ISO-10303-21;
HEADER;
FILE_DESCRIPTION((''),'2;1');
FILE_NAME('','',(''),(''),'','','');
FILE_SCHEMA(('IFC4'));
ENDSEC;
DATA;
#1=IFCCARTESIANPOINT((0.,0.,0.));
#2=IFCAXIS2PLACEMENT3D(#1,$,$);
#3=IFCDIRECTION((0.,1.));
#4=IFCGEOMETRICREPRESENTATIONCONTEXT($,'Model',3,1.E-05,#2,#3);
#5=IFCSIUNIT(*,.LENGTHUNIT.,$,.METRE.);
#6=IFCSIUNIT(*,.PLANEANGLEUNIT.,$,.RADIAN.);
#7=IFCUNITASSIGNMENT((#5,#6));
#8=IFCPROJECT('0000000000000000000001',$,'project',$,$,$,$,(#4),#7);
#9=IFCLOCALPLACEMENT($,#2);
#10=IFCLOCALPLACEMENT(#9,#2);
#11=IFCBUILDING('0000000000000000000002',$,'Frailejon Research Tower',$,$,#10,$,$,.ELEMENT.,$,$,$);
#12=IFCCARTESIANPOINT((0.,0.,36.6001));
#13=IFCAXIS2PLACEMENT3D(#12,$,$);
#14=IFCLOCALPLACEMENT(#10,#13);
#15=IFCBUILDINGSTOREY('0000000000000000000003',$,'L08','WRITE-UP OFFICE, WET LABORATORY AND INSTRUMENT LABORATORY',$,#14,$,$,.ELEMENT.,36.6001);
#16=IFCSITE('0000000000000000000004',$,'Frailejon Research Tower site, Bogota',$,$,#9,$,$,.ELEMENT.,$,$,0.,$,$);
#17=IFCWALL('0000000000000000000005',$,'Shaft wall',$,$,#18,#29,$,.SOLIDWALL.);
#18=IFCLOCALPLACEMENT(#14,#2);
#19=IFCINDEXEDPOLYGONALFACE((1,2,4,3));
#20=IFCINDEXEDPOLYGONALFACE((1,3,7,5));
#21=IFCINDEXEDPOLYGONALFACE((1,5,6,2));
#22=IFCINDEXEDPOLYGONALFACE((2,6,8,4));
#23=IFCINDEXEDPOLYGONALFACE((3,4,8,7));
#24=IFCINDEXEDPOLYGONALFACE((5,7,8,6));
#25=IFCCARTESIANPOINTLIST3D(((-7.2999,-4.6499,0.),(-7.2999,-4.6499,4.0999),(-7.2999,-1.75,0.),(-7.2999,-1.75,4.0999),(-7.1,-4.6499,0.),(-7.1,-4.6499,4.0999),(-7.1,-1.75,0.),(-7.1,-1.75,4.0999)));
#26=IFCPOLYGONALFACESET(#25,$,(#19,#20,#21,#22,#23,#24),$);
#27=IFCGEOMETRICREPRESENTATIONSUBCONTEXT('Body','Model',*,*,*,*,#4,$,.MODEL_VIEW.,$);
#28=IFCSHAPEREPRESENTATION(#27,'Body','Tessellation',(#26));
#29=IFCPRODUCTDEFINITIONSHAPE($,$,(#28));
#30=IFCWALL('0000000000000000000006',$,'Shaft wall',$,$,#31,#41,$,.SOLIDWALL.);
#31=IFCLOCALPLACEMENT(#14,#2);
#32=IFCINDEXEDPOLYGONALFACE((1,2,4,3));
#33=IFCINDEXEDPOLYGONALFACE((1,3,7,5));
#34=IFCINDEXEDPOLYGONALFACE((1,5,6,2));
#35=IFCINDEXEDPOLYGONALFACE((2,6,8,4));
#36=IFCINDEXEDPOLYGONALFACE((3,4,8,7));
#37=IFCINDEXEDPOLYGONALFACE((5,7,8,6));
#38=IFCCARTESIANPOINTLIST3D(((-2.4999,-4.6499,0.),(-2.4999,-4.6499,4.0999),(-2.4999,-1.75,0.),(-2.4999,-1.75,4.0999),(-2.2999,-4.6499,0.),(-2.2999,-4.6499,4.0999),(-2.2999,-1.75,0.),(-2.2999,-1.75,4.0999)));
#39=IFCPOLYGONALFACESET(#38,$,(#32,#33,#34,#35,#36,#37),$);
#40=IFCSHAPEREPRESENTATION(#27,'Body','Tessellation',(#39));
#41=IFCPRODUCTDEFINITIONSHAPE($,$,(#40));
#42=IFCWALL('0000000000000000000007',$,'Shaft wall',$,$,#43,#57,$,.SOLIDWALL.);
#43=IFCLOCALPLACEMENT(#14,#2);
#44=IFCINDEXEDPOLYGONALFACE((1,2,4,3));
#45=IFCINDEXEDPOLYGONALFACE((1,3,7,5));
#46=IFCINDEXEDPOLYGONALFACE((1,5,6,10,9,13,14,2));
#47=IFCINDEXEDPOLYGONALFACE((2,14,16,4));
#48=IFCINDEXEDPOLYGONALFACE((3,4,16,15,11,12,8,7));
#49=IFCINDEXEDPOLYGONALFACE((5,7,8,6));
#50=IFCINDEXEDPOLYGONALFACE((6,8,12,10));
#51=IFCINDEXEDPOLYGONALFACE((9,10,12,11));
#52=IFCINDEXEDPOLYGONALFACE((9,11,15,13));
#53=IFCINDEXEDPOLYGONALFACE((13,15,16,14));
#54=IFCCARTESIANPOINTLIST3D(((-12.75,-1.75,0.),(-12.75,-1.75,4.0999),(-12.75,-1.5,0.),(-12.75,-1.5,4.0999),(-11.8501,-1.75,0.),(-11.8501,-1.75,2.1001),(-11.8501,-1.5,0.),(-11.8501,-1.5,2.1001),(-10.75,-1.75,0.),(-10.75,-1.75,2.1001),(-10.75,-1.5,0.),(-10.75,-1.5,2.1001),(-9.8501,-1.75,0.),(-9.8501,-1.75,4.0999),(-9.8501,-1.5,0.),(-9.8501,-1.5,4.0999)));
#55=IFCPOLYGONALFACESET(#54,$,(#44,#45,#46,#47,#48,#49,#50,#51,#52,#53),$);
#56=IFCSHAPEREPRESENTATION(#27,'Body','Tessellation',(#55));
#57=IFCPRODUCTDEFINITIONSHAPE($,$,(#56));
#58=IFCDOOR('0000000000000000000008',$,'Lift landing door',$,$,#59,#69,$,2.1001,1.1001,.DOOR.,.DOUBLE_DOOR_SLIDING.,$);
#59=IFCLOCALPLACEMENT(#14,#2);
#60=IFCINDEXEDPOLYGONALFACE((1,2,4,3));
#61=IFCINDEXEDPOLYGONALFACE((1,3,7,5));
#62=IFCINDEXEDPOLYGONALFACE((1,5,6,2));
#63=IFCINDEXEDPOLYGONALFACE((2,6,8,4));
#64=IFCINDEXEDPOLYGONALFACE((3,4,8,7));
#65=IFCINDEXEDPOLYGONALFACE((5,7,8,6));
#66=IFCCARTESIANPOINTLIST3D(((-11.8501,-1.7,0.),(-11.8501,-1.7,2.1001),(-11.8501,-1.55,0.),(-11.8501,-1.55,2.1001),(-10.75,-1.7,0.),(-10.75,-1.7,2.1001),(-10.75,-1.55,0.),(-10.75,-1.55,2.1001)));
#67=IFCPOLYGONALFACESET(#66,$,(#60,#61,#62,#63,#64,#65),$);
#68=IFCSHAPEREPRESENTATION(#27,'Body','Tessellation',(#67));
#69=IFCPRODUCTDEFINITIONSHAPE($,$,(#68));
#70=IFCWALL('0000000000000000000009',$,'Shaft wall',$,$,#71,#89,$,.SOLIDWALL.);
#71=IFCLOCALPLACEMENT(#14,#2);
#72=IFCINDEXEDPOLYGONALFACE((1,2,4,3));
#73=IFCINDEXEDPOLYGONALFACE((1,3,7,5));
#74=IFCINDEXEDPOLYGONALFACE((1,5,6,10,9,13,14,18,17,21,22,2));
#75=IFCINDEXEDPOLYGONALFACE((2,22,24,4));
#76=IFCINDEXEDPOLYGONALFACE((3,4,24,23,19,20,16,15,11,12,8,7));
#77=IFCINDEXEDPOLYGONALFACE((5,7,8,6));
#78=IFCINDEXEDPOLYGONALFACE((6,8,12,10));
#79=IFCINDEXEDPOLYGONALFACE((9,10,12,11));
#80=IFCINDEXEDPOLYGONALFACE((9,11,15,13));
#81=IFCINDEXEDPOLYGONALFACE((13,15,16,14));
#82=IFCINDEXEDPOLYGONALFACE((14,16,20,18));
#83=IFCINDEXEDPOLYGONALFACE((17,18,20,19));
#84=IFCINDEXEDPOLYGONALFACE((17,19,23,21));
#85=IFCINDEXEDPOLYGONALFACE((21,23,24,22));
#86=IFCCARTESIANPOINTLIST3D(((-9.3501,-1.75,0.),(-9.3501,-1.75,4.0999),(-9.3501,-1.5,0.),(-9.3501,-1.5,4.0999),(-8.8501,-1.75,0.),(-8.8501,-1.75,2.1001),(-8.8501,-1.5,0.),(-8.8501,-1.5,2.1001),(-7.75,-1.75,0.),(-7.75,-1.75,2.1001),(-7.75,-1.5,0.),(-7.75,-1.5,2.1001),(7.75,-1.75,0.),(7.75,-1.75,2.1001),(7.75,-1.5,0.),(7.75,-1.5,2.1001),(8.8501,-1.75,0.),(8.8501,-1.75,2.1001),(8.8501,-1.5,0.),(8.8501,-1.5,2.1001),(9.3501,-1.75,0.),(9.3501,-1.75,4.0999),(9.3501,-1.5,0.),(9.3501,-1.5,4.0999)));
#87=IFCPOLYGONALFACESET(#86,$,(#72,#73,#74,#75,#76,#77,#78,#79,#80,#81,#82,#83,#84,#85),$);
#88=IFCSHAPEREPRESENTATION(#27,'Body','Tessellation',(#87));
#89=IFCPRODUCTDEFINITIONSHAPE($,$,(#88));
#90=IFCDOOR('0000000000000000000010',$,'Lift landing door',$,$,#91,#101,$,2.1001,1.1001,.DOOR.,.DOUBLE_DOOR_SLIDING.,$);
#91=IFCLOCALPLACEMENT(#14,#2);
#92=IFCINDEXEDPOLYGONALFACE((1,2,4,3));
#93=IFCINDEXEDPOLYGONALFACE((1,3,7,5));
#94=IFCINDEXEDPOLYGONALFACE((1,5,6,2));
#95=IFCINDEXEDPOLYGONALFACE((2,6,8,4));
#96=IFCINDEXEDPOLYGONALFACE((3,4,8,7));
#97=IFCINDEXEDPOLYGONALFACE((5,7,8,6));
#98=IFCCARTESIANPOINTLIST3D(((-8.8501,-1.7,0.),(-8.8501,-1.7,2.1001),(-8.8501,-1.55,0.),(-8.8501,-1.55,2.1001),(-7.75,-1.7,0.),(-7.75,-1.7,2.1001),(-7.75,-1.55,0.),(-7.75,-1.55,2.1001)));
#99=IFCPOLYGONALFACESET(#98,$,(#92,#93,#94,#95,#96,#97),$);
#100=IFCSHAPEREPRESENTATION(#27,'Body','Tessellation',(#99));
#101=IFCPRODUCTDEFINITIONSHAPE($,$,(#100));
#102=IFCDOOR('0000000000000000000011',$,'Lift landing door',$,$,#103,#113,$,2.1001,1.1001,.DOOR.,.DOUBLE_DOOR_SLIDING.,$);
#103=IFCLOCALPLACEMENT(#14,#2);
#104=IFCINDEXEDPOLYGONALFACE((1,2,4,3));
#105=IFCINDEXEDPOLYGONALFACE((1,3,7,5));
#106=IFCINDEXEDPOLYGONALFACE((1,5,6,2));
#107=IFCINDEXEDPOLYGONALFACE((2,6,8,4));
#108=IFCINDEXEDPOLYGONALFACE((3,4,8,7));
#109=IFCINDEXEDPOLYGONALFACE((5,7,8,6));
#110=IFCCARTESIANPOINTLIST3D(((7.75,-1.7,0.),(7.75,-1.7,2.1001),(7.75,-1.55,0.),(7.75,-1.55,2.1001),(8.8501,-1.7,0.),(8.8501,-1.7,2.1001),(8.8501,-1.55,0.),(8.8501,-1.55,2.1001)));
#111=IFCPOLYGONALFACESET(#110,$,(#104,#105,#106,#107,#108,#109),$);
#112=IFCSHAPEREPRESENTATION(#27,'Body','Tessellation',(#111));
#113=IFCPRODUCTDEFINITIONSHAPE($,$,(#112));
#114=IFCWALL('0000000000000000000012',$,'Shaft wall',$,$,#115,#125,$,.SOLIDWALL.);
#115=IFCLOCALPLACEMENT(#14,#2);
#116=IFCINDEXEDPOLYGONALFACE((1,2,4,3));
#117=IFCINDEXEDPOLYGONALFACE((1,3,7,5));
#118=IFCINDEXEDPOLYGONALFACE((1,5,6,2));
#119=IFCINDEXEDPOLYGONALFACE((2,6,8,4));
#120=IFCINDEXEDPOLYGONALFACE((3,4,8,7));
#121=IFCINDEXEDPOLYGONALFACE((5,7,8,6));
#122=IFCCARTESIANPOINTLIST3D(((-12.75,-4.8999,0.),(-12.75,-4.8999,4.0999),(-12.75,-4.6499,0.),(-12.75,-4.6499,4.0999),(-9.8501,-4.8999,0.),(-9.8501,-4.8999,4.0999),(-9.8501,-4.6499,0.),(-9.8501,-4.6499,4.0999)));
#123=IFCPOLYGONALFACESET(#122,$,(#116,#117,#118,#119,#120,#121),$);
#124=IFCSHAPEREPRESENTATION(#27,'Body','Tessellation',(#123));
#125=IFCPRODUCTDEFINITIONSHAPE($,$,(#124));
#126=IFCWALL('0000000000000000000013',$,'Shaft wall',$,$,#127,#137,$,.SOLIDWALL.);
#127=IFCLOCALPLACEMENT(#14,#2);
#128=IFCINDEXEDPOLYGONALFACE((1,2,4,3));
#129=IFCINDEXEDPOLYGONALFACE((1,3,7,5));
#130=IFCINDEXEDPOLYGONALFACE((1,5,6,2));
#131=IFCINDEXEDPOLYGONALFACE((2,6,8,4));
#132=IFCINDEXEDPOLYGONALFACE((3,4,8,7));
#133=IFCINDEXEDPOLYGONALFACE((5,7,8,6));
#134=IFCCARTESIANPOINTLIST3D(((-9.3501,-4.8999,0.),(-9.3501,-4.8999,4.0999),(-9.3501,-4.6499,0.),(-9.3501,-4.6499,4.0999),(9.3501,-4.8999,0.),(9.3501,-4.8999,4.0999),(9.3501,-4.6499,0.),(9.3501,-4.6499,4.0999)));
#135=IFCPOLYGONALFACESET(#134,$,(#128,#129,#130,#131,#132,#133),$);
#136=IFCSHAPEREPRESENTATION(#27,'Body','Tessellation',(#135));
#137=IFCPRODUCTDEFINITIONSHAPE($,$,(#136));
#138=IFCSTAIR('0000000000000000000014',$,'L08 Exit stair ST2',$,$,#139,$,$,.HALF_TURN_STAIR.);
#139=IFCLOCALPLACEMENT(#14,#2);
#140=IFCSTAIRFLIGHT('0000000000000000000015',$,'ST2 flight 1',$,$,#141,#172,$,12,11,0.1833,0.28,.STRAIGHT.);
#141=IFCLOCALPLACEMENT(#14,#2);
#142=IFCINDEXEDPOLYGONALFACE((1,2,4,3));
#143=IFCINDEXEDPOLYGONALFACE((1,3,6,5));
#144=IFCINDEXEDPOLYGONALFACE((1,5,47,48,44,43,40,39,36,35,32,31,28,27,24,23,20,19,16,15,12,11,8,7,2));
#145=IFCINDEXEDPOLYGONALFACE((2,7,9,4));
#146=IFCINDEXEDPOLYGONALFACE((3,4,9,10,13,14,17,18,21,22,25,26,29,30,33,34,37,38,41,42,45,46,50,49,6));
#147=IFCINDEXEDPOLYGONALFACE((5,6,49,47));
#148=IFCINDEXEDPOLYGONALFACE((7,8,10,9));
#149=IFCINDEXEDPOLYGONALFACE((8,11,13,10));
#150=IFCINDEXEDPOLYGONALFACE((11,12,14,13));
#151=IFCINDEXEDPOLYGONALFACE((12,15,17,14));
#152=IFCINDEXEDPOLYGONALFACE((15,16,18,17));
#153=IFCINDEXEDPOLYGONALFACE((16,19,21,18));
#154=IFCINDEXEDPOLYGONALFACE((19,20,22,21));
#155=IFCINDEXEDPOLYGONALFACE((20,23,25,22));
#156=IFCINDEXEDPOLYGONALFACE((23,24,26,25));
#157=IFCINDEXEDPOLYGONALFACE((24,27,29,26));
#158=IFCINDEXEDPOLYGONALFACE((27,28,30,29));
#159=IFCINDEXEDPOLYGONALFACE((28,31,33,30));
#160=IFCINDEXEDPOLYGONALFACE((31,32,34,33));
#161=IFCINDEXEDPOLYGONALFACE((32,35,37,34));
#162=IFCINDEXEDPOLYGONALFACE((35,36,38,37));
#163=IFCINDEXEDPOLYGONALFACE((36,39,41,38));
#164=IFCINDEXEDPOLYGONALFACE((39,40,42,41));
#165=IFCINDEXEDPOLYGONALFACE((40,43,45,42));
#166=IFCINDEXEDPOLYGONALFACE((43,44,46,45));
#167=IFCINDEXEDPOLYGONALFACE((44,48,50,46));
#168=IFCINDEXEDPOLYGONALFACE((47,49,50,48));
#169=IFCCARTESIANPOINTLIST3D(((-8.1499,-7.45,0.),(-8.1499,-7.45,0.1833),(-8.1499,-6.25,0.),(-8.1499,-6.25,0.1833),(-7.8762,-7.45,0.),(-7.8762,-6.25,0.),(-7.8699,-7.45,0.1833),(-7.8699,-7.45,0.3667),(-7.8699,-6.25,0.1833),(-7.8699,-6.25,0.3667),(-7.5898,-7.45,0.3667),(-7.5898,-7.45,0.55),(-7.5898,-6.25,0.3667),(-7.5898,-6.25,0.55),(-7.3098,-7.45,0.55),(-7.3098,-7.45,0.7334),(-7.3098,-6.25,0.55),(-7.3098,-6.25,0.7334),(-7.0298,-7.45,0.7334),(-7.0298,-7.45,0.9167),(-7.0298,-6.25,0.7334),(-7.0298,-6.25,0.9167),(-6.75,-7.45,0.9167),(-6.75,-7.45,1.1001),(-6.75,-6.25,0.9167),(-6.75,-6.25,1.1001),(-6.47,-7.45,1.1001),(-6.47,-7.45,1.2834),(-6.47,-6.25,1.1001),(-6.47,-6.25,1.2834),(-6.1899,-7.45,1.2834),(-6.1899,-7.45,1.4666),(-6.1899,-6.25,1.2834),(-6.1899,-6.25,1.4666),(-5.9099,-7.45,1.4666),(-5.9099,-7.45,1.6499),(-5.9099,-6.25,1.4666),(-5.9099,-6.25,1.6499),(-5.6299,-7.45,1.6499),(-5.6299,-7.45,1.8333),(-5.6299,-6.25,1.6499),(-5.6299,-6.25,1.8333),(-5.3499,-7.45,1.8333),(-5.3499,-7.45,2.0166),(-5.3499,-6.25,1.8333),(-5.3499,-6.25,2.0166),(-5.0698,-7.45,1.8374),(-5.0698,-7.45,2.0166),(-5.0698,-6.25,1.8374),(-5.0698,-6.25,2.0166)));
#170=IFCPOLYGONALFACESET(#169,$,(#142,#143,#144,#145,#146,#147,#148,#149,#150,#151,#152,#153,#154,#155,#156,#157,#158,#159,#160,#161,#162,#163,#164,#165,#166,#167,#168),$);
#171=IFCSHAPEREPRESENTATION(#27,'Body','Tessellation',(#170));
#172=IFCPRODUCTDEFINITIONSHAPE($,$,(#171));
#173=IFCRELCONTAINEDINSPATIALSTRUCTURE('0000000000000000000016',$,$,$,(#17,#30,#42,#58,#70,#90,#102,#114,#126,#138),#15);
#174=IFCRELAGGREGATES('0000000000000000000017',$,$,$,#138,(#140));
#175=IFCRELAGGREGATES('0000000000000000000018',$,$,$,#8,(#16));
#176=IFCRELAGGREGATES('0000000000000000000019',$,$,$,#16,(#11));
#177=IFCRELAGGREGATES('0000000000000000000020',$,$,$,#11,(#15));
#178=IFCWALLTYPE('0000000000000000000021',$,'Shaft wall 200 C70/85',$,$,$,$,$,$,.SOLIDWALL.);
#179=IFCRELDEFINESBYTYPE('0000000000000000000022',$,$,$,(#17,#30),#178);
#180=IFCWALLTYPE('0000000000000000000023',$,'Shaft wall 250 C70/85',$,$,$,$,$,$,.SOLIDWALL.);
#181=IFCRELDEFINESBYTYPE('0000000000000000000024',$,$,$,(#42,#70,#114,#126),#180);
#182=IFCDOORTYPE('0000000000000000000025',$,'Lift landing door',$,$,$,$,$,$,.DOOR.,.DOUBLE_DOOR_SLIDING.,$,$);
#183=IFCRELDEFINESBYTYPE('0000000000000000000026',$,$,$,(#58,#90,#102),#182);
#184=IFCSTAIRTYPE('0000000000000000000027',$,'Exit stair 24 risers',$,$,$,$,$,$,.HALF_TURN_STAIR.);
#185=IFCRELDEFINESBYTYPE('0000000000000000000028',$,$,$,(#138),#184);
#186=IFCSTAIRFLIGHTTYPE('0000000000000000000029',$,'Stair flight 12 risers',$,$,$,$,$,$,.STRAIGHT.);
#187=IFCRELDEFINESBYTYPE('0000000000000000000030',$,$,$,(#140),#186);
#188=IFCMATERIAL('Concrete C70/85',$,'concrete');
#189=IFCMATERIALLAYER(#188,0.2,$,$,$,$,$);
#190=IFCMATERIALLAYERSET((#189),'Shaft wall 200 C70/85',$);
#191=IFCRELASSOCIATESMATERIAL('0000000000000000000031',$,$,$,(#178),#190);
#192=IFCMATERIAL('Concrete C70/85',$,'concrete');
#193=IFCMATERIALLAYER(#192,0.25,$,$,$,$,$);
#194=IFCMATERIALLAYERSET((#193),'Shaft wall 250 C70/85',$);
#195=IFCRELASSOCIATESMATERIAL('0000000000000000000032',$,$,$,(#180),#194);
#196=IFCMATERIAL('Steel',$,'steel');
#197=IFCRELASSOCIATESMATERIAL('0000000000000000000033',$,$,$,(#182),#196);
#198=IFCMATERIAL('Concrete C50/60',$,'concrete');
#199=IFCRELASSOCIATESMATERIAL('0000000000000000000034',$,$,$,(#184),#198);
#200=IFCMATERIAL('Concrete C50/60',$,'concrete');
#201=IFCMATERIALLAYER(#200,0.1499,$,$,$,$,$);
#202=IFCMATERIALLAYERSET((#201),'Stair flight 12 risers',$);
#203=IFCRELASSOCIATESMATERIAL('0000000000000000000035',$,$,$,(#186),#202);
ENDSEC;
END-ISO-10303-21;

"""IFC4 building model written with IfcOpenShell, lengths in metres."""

from ifc_helpers import new_model, si_unit, direction, frame, frame_2d, origin, place, context, subcontext, project, spatial, polyline, rectangle, outline, extrude, material, layer, layer_set, type_object, element, fill, aggregate, save


model = new_model("IFC4")

# Units and contexts
model_context = context("Model", 3, precision=1e-05, world=origin(), true_north=direction((0.0, 1.0)))
body_context = subcontext(model_context, "Body", "Model", "MODEL_VIEW")
ifc_project = project(units=[si_unit("LENGTHUNIT", "METRE"), si_unit("PLANEANGLEUNIT", "RADIAN")], contexts=[model_context])

# Site, building, storey
site_placement = place(None, origin())
site = spatial("IfcSite", under=ifc_project, at=site_placement, Name="Frailejon Research Tower site, Bogota", CompositionType="ELEMENT", RefElevation=0.0)
building_placement = place(site_placement, origin())
building = spatial("IfcBuilding", under=site, at=building_placement, Name="Frailejon Research Tower", CompositionType="ELEMENT")
storey_placement = place(building_placement, frame((0.0, 0.0, 36.6001)))
storey = spatial("IfcBuildingStorey", under=building, at=storey_placement, Name="L08", Description="WRITE-UP OFFICE, WET LABORATORY AND INSTRUMENT LABORATORY", CompositionType="ELEMENT", Elevation=36.6001)

# Walls
ifc_material_1 = material(Name="Concrete C70/85", Category="concrete")
ifc_layer_1 = layer(ifc_material_1, 0.2)
ifc_layer_set_1 = layer_set([ifc_layer_1], Name="Shaft wall 200 C70/85")
wall_type_1 = type_object("IfcWallType", Name="Shaft wall 200 C70/85", PredefinedType="SOLIDWALL", material=ifc_layer_set_1)
for number, where, z_axis, x_axis, name in (
    (1, (-7.2, -4.6499, 0.0), (0.0, 0.0, 1.0), (0.0, 1.0, 0.0), "Shaft wall"),
    (2, (-2.3999, -4.6499, 0.0), (0.0, 0.0, 1.0), (0.0, 1.0, 0.0), "Shaft wall"),
):
    element("IfcWall", number, at=place(storey_placement, frame(where, z_axis=z_axis, x_axis=x_axis)), inside=storey, type_object=wall_type_1, Name=name, PredefinedType="SOLIDWALL", context=body_context, shape_type="SweptSolid", body=[
        extrude(rectangle(XDim=2.8999, YDim=0.2, at=frame_2d((1.45, 0.0))), origin(), (0.0, 0.0, 1.0), 4.0999),
    ])

# Wall, opening, door
ifc_material_2 = material(Name="Concrete C70/85", Category="concrete")
ifc_layer_2 = layer(ifc_material_2, 0.25)
ifc_layer_set_2 = layer_set([ifc_layer_2], Name="Shaft wall 250 C70/85")
wall_type_2 = type_object("IfcWallType", Name="Shaft wall 250 C70/85", PredefinedType="SOLIDWALL", material=ifc_layer_set_2)
wall_1_placement = place(storey_placement, frame((-12.75, -1.625, 0.0), z_axis=(0.0, 0.0, 1.0), x_axis=(1.0, 0.0, 0.0)))
wall_1 = element("IfcWall", 3, at=wall_1_placement, inside=storey, type_object=wall_type_2, Name="Shaft wall", PredefinedType="SOLIDWALL", context=body_context, shape_type="SweptSolid", body=[
    extrude(rectangle(XDim=2.8999, YDim=0.25, at=frame_2d((1.45, 0.0))), origin(), (0.0, 0.0, 1.0), 4.0999),
])
opening_1_placement = place(wall_1_placement, frame((0.8999, 0.0, 0.0)))
opening_1 = element("IfcOpeningElement", 4, at=opening_1_placement, cuts=wall_1, PredefinedType="OPENING", context=body_context, shape_type="SweptSolid", body=[
    extrude(rectangle(XDim=1.1001, YDim=2.1001, at=frame_2d((0.55, 1.05))), frame((0.0, 0.135, 0.0), z_axis=(0.0, -1.0, 0.0), x_axis=(1.0, 0.0, 0.0)), (0.0, 0.0, 1.0), 0.27),
])
ifc_material_3 = material(Name="Steel", Category="steel")
door_type = type_object("IfcDoorType", Name="Lift landing door", OperationType="DOUBLE_DOOR_SLIDING", PredefinedType="DOOR", material=ifc_material_3)
door_1_placement = place(opening_1_placement, origin())
door_1 = element("IfcDoor", 5, at=door_1_placement, inside=storey, type_object=door_type, Name="Lift landing door", OperationType="DOUBLE_DOOR_SLIDING", OverallHeight=2.1001, OverallWidth=1.1001, PredefinedType="DOOR", context=body_context, shape_type="SweptSolid", body=[
    extrude(rectangle(XDim=1.1001, YDim=2.1001, at=frame_2d((0.55, 1.05))), frame((0.0, 0.075, 0.0), z_axis=(0.0, -1.0, 0.0), x_axis=(1.0, 0.0, 0.0)), (0.0, 0.0, 1.0), 0.1499),
])
fill(opening_1, door_1)

# Wall, openings, doors
wall_2_placement = place(storey_placement, frame((-9.3501, -1.625, 0.0), z_axis=(0.0, 0.0, 1.0), x_axis=(1.0, 0.0, 0.0)))
wall_2 = element("IfcWall", 6, at=wall_2_placement, inside=storey, type_object=wall_type_2, Name="Shaft wall", PredefinedType="SOLIDWALL", context=body_context, shape_type="SweptSolid", body=[
    extrude(rectangle(XDim=18.7002, YDim=0.25, at=frame_2d((9.3501, 0.0))), origin(), (0.0, 0.0, 1.0), 4.0999),
])
opening_2_placement = place(wall_2_placement, frame((0.5, 0.0, 0.0)))
opening_2 = element("IfcOpeningElement", 7, at=opening_2_placement, cuts=wall_2, PredefinedType="OPENING", context=body_context, shape_type="SweptSolid", body=[
    extrude(rectangle(XDim=1.1001, YDim=2.1001, at=frame_2d((0.55, 1.05))), frame((0.0, 0.135, 0.0), z_axis=(0.0, -1.0, 0.0), x_axis=(1.0, 0.0, 0.0)), (0.0, 0.0, 1.0), 0.27),
])
opening_3_placement = place(wall_2_placement, frame((17.1001, 0.0, 0.0)))
opening_3 = element("IfcOpeningElement", 8, at=opening_3_placement, cuts=wall_2, PredefinedType="OPENING", context=body_context, shape_type="SweptSolid", body=[
    extrude(rectangle(XDim=1.1001, YDim=2.1001, at=frame_2d((0.55, 1.05))), frame((0.0, 0.135, 0.0), z_axis=(0.0, -1.0, 0.0), x_axis=(1.0, 0.0, 0.0)), (0.0, 0.0, 1.0), 0.27),
])
door_2_placement = place(opening_2_placement, origin())
door_2 = element("IfcDoor", 9, at=door_2_placement, inside=storey, type_object=door_type, Name="Lift landing door", OperationType="DOUBLE_DOOR_SLIDING", OverallHeight=2.1001, OverallWidth=1.1001, PredefinedType="DOOR", context=body_context, shape_type="SweptSolid", body=[
    extrude(rectangle(XDim=1.1001, YDim=2.1001, at=frame_2d((0.55, 1.05))), frame((0.0, 0.075, 0.0), z_axis=(0.0, -1.0, 0.0), x_axis=(1.0, 0.0, 0.0)), (0.0, 0.0, 1.0), 0.1499),
])
fill(opening_2, door_2)
door_3_placement = place(opening_3_placement, origin())
door_3 = element("IfcDoor", 10, at=door_3_placement, inside=storey, type_object=door_type, Name="Lift landing door", OperationType="DOUBLE_DOOR_SLIDING", OverallHeight=2.1001, OverallWidth=1.1001, PredefinedType="DOOR", context=body_context, shape_type="SweptSolid", body=[
    extrude(rectangle(XDim=1.1001, YDim=2.1001, at=frame_2d((0.55, 1.05))), frame((0.0, 0.075, 0.0), z_axis=(0.0, -1.0, 0.0), x_axis=(1.0, 0.0, 0.0)), (0.0, 0.0, 1.0), 0.1499),
])
fill(opening_3, door_3)

# Walls
wall_3_placement = place(storey_placement, frame((-12.75, -4.7749, 0.0), z_axis=(0.0, 0.0, 1.0), x_axis=(1.0, 0.0, 0.0)))
element("IfcWall", 11, at=wall_3_placement, inside=storey, type_object=wall_type_2, Name="Shaft wall", PredefinedType="SOLIDWALL", context=body_context, shape_type="SweptSolid", body=[
    extrude(rectangle(XDim=2.8999, YDim=0.25, at=frame_2d((1.45, 0.0))), origin(), (0.0, 0.0, 1.0), 4.0999),
])
wall_4_placement = place(storey_placement, frame((-9.3501, -4.7749, 0.0), z_axis=(0.0, 0.0, 1.0), x_axis=(1.0, 0.0, 0.0)))
element("IfcWall", 12, at=wall_4_placement, inside=storey, type_object=wall_type_2, Name="Shaft wall", PredefinedType="SOLIDWALL", context=body_context, shape_type="SweptSolid", body=[
    extrude(rectangle(XDim=18.7002, YDim=0.25, at=frame_2d((9.3501, 0.0))), origin(), (0.0, 0.0, 1.0), 4.0999),
])

# Stair, stair flight
ifc_material_4 = material(Name="Concrete C50/60", Category="concrete")
stair_type = type_object("IfcStairType", Name="Exit stair 24 risers", PredefinedType="HALF_TURN_STAIR", material=ifc_material_4)
stair_placement = place(storey_placement, origin())
stair = element("IfcStair", 13, at=stair_placement, inside=storey, type_object=stair_type, Name="L08 Exit stair ST2", PredefinedType="HALF_TURN_STAIR")
ifc_material_5 = material(Name="Concrete C50/60", Category="concrete")
ifc_layer_3 = layer(ifc_material_5, 0.1499)
ifc_layer_set_3 = layer_set([ifc_layer_3], Name="Stair flight 12 risers")
stair_flight_type = type_object("IfcStairFlightType", Name="Stair flight 12 risers", PredefinedType="STRAIGHT", material=ifc_layer_set_3)
stair_flight_1_placement = place(storey_placement, frame((-8.1499, -6.8501, 0.0), z_axis=(0.0, 0.0, 1.0), x_axis=(1.0, 0.0, 0.0)))
stair_flight_1 = element("IfcStairFlight", 14, at=stair_flight_1_placement, type_object=stair_flight_type, Name="ST2 flight 1", NumberOfRisers=12, NumberOfTreads=11, PredefinedType="STRAIGHT", RiserHeight=0.1833, TreadLength=0.28, context=body_context, shape_type="SweptSolid", body=[
    extrude(outline(polyline([(0.0, 0.0), (0.0, 0.1833), (0.28, 0.1833), (0.28, 0.3667), (0.5601, 0.3667), (0.5601, 0.55), (0.8401, 0.55), (0.8401, 0.7334), (1.1201, 0.7334), (1.1201, 0.9167), (1.3999, 0.9167), (1.3999, 1.1001), (1.6799, 1.1001), (1.6799, 1.2834), (1.96, 1.2834), (1.96, 1.4666), (2.24, 1.4666), (2.24, 1.6499), (2.52, 1.6499), (2.52, 1.8333), (2.8, 1.8333), (2.8, 2.0166), (3.0801, 2.0166), (3.0801, 2.2), (3.0801, 1.8374), (0.2737, 0.0), (0.0, 0.0)])), frame((0.0, 0.6001, 0.0), z_axis=(0.0, -1.0, 0.0), x_axis=(1.0, 0.0, 0.0)), (0.0, 0.0, 1.0), 1.2),
])
aggregate(stair, [stair_flight_1])

save(model, "model.ifc")
